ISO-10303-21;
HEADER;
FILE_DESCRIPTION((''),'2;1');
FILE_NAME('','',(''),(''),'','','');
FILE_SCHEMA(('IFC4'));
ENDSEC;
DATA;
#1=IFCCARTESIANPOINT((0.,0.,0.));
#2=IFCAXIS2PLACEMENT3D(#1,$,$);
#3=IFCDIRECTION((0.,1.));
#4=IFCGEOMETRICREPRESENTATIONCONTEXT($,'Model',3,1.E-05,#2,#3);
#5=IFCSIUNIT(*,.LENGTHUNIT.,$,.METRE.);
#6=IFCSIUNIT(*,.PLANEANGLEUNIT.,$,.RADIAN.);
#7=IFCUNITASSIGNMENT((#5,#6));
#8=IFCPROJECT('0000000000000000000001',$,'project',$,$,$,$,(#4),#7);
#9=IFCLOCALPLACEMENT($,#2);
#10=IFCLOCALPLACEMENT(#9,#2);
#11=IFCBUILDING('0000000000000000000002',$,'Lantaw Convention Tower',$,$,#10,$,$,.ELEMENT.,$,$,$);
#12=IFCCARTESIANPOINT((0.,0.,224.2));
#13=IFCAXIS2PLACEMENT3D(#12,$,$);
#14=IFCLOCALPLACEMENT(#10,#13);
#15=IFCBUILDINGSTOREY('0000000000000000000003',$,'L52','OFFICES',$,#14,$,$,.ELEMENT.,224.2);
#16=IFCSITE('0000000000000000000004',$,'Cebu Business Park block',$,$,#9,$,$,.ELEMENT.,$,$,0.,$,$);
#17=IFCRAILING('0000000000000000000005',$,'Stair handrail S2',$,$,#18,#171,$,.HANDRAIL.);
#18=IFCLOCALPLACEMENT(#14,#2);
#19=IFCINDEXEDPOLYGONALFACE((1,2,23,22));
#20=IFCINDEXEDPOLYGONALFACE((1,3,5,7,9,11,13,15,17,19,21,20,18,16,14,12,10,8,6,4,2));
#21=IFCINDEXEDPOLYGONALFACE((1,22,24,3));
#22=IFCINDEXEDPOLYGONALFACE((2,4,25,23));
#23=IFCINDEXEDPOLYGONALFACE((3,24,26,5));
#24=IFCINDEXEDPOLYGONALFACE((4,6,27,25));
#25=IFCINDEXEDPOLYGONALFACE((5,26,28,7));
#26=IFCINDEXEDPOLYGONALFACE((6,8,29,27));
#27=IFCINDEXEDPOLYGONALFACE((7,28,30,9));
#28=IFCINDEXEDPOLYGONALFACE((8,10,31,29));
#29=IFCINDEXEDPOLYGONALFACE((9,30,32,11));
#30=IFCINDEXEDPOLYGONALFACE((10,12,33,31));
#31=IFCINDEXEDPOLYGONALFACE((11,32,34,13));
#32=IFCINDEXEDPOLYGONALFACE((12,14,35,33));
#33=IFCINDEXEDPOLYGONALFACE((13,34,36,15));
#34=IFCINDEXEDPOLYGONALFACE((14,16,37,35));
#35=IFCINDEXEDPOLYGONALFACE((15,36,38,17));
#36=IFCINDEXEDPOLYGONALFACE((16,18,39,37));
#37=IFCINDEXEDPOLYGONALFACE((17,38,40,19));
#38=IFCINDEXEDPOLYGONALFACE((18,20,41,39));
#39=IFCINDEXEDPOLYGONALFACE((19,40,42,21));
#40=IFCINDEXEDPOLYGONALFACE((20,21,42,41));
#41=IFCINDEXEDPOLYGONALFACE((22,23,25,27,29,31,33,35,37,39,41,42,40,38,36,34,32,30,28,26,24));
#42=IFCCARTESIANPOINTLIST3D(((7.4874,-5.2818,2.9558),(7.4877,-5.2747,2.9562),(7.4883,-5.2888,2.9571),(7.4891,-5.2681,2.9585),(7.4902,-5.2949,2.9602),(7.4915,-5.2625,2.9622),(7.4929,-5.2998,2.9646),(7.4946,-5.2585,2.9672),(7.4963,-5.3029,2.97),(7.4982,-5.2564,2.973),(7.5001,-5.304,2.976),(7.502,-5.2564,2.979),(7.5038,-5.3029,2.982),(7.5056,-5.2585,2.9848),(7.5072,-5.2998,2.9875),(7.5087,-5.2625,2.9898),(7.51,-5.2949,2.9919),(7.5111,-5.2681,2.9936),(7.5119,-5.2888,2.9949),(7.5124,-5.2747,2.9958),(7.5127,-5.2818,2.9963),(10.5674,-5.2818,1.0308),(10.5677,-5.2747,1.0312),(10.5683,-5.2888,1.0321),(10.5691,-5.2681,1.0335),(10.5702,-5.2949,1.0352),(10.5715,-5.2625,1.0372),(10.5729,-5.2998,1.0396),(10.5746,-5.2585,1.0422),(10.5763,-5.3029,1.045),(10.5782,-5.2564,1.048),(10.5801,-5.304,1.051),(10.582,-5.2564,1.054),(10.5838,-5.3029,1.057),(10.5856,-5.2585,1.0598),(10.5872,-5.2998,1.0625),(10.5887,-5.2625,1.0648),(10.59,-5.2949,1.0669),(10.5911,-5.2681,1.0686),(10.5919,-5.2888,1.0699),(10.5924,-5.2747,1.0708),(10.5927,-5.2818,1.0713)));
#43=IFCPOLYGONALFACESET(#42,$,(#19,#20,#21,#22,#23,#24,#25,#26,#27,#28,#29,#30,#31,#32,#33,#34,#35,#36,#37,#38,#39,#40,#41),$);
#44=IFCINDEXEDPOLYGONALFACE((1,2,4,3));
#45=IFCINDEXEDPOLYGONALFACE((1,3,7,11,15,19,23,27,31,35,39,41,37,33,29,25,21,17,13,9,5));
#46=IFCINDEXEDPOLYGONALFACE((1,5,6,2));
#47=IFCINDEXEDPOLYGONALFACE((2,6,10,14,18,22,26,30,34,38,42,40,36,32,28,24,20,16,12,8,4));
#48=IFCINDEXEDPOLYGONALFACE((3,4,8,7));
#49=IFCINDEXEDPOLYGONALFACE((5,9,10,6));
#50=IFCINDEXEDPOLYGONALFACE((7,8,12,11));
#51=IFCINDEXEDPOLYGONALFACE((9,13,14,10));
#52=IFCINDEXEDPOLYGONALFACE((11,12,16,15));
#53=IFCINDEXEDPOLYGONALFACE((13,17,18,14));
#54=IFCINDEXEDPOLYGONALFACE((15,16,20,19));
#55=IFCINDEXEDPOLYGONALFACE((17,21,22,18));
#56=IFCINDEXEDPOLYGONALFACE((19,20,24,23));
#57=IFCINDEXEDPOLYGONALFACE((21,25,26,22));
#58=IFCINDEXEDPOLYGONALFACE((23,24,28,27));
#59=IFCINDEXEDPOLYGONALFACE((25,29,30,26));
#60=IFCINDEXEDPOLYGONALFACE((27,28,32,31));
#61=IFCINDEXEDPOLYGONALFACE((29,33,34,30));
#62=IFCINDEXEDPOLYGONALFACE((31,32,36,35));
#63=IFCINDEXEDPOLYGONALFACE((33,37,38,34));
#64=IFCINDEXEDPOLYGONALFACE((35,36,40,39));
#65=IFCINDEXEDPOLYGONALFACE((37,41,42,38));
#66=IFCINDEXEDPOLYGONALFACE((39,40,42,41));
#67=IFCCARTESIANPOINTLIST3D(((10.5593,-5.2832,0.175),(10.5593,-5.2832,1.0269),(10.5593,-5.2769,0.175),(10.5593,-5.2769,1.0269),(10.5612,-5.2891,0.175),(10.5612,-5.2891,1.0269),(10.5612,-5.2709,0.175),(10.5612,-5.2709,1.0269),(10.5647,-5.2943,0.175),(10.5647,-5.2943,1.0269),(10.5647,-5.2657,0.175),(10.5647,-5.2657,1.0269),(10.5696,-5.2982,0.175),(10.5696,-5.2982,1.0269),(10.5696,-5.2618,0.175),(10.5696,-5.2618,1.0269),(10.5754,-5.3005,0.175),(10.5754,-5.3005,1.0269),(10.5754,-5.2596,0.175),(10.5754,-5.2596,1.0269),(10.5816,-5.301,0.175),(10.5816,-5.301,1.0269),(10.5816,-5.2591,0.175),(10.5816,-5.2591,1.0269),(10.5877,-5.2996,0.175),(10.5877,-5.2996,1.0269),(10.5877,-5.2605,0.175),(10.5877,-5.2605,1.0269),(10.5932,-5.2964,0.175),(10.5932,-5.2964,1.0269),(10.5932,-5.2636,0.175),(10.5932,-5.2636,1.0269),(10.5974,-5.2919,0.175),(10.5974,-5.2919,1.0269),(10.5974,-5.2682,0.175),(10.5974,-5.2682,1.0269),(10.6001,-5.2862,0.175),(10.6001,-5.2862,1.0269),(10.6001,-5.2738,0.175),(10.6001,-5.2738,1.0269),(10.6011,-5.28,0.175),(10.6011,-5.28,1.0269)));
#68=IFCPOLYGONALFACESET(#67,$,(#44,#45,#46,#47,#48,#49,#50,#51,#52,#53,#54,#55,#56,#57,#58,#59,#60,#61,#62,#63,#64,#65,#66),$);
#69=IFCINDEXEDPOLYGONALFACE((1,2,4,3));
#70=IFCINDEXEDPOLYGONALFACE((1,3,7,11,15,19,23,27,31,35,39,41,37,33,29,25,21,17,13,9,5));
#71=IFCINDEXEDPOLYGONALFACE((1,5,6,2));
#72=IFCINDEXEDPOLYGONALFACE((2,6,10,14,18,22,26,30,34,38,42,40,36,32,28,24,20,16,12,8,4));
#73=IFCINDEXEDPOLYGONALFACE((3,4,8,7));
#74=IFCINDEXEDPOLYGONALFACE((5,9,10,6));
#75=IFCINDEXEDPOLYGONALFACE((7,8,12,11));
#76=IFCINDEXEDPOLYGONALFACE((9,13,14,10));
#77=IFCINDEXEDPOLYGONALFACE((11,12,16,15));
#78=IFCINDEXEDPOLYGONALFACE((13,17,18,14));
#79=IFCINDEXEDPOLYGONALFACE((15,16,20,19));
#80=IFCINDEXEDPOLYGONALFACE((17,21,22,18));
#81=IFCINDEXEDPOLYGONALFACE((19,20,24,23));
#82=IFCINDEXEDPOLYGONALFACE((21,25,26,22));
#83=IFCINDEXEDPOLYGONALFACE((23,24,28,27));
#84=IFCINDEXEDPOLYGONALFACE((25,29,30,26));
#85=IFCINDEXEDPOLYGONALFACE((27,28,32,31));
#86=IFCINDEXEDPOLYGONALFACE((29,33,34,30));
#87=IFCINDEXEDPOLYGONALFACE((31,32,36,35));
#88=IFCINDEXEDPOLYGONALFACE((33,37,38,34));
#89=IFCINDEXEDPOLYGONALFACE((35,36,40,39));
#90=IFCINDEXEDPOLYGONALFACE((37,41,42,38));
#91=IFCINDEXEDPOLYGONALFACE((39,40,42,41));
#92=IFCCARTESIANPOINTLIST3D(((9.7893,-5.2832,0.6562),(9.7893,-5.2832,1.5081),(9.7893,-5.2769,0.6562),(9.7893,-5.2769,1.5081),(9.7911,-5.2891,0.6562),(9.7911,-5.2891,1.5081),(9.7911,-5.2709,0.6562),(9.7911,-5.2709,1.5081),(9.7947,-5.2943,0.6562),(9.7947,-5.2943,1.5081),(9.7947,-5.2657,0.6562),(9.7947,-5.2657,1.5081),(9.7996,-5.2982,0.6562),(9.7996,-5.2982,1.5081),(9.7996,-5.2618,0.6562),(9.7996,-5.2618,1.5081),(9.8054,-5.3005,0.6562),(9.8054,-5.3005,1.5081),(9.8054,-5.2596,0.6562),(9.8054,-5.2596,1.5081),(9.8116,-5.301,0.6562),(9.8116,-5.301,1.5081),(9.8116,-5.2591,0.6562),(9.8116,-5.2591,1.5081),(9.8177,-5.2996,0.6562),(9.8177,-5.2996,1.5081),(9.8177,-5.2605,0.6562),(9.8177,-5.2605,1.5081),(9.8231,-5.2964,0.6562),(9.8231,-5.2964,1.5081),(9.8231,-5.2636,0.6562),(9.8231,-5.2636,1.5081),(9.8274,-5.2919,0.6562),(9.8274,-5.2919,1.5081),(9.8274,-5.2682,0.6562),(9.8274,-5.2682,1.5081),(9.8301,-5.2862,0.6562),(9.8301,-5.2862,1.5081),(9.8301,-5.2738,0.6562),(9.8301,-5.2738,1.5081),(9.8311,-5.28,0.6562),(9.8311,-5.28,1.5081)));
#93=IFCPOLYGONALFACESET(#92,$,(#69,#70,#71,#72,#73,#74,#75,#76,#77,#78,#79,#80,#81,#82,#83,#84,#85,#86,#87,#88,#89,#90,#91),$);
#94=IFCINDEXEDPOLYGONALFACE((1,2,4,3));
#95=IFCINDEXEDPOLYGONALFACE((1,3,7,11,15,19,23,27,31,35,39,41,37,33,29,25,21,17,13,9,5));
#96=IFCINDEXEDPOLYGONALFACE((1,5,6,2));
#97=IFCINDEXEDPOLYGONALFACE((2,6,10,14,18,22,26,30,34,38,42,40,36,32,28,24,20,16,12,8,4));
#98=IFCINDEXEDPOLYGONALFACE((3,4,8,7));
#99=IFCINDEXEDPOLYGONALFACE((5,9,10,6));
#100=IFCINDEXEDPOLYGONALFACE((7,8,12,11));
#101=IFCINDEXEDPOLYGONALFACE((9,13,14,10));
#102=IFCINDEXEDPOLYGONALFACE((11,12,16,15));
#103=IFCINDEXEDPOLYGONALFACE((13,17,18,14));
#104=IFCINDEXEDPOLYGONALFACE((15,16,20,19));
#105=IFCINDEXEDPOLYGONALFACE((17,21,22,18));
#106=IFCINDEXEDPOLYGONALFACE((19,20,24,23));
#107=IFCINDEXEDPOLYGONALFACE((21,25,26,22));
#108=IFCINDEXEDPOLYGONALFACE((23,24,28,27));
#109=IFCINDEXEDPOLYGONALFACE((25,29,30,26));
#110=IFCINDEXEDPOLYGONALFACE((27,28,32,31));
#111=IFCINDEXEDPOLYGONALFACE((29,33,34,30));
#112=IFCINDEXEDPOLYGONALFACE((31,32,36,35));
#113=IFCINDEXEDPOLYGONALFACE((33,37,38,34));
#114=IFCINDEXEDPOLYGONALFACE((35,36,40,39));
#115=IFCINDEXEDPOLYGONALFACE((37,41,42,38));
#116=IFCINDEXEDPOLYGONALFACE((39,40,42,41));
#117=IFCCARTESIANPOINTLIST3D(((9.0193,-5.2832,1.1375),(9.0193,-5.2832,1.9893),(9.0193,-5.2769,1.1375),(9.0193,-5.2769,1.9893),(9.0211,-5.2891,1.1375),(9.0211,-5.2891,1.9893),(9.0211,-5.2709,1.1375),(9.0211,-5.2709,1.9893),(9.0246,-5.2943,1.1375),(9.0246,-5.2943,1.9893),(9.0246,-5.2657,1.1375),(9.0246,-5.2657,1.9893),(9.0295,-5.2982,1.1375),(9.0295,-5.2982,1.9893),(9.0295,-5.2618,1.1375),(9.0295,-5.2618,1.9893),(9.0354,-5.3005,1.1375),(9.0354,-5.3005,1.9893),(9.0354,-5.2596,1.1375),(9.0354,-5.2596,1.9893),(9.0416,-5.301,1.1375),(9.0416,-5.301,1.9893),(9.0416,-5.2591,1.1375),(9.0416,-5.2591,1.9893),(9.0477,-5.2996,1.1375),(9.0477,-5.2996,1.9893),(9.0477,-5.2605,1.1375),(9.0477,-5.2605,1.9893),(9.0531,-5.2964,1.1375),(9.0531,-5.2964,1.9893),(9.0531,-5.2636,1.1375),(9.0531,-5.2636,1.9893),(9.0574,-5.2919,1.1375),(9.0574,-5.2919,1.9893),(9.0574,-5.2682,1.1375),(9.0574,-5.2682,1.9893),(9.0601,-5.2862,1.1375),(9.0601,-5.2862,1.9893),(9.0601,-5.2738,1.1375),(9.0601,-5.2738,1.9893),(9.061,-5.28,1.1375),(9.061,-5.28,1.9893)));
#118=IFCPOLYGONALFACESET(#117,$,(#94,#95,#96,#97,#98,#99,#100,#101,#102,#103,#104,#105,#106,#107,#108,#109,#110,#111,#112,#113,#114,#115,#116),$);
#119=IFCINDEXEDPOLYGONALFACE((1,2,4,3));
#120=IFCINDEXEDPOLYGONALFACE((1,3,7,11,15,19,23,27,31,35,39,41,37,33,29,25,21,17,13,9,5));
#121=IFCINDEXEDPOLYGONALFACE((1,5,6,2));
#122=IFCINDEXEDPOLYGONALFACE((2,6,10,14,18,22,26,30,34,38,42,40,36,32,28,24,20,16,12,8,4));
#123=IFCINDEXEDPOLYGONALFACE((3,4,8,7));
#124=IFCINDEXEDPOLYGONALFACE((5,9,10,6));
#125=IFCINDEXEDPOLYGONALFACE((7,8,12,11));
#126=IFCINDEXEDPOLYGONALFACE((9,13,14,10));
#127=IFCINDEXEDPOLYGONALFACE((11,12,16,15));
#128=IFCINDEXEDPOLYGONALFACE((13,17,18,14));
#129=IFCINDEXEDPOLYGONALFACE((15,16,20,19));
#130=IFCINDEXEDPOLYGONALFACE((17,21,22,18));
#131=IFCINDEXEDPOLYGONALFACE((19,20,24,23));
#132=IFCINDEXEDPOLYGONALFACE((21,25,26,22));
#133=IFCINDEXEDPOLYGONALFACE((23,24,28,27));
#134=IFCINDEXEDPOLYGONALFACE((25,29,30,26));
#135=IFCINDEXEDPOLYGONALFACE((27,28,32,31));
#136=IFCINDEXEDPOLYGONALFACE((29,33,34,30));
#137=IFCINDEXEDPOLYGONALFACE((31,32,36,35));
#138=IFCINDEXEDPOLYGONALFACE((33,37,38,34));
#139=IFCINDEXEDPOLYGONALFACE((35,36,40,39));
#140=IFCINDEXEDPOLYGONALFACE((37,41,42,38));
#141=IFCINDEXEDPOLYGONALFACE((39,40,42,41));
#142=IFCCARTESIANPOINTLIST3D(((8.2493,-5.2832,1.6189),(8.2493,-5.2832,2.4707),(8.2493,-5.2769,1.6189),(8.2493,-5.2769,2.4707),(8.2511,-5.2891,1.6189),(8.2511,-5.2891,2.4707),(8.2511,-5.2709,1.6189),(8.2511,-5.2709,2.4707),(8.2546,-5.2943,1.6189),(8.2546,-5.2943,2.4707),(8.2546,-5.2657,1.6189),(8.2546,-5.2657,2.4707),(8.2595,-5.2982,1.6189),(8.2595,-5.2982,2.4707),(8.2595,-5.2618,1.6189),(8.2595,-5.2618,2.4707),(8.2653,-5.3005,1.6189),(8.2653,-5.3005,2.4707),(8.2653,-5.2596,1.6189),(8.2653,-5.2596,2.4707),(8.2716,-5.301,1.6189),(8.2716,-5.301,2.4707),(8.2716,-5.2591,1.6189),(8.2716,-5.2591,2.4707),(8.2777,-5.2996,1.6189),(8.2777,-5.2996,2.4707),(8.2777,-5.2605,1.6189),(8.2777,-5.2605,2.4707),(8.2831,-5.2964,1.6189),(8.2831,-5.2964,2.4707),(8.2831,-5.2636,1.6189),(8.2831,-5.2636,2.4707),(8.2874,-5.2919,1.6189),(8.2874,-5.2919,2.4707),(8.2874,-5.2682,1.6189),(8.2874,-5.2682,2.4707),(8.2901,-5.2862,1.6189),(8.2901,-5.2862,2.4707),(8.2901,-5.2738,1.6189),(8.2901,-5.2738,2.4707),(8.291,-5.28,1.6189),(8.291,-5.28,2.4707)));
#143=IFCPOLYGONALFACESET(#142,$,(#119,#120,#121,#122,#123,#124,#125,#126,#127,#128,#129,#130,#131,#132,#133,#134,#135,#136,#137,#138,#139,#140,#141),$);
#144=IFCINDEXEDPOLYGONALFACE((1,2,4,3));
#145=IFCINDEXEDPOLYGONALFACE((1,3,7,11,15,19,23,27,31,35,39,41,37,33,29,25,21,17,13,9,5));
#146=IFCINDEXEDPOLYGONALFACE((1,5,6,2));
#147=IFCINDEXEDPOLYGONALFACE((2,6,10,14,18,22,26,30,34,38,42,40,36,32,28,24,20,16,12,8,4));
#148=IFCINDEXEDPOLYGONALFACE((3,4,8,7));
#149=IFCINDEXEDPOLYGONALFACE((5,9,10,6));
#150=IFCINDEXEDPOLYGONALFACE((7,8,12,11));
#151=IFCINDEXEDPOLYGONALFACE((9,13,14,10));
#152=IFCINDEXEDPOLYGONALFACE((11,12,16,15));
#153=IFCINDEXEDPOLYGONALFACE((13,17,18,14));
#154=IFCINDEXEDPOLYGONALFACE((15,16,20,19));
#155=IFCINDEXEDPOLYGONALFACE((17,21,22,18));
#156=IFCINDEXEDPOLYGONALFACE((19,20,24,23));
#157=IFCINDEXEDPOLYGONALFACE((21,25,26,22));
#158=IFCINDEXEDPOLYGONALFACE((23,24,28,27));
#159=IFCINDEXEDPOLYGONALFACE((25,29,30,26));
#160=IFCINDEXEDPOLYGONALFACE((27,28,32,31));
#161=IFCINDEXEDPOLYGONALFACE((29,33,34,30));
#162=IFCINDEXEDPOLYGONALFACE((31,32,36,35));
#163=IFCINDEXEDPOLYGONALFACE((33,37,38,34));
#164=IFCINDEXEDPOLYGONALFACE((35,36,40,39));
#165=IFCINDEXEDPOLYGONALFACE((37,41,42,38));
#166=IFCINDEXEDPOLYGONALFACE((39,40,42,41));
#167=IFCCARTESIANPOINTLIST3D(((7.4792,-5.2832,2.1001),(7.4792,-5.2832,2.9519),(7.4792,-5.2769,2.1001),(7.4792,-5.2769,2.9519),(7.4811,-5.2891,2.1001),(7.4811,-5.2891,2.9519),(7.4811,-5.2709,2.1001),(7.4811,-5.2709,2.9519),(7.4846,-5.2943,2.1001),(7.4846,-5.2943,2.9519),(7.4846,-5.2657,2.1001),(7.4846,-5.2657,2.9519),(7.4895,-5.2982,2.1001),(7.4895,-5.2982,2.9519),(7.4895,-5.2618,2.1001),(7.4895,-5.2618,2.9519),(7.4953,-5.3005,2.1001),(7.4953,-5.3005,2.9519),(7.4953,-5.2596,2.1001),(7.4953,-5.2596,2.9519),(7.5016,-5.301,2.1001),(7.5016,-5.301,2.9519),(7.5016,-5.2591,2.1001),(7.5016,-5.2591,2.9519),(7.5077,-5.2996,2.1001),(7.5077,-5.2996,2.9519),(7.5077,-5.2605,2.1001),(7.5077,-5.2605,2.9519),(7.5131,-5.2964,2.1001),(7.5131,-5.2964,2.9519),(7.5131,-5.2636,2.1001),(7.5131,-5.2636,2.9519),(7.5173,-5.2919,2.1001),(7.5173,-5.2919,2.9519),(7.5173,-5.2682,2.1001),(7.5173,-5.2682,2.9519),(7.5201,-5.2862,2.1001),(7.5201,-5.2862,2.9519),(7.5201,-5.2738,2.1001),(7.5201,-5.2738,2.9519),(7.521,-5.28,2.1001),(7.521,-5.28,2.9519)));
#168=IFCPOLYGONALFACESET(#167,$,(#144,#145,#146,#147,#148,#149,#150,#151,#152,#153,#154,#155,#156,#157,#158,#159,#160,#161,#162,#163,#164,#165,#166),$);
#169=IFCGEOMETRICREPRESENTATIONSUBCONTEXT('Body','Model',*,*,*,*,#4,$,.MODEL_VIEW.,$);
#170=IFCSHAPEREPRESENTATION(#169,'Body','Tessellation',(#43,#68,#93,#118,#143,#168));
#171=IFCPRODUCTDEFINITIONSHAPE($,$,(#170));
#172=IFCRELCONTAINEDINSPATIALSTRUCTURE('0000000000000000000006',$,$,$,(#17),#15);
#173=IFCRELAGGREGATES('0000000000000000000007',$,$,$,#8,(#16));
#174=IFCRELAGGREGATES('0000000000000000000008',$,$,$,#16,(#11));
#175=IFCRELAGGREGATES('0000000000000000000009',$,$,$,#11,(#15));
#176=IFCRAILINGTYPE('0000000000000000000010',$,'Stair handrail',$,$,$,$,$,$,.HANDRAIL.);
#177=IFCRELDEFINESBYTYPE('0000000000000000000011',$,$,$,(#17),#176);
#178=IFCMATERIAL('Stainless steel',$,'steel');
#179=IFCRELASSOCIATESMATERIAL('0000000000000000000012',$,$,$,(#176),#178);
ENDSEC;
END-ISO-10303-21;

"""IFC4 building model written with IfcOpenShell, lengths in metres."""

from ifc_helpers import new_model, si_unit, direction, frame, origin, origin_2d, place, context, subcontext, project, spatial, circle, extrude, material, type_object, element, save


model = new_model("IFC4")

# Units and contexts
model_context = context("Model", 3, precision=1e-05, world=origin(), true_north=direction((0.0, 1.0)))
body_context = subcontext(model_context, "Body", "Model", "MODEL_VIEW")
ifc_project = project(units=[si_unit("LENGTHUNIT", "METRE"), si_unit("PLANEANGLEUNIT", "RADIAN")], contexts=[model_context])

# Site, building, storey
site_placement = place(None, origin())
site = spatial("IfcSite", under=ifc_project, at=site_placement, Name="Cebu Business Park block", CompositionType="ELEMENT", RefElevation=0.0)
building_placement = place(site_placement, origin())
building = spatial("IfcBuilding", under=site, at=building_placement, Name="Lantaw Convention Tower", CompositionType="ELEMENT")
storey_placement = place(building_placement, frame((0.0, 0.0, 224.2)))
storey = spatial("IfcBuildingStorey", under=building, at=storey_placement, Name="L52", Description="OFFICES", CompositionType="ELEMENT", Elevation=224.2)

# Railing
ifc_material_1 = material(Name="Stainless steel", Category="steel")
railing_type = type_object("IfcRailingType", Name="Stair handrail", PredefinedType="HANDRAIL", material=ifc_material_1)
railing_1_placement = place(storey_placement, frame((10.5801, -5.28, 0.175)))
element("IfcRailing", 1, at=railing_1_placement, inside=storey, type_object=railing_type, Name="Stair handrail S2", PredefinedType="HANDRAIL", context=body_context, shape_type="SweptSolid", body=[
    extrude(circle(Radius=0.0239, at=origin_2d()), frame((0.0, 0.0, 0.876), z_axis=(-0.847998, 0.0, 0.529999), x_axis=(0.0, -1.0, 0.0)), (0.0, 0.0, 1.0), 3.6321),
    extrude(circle(Radius=0.021, at=origin_2d()), origin(), (0.0, 0.0, 1.0), 0.8518),
    extrude(circle(Radius=0.021, at=origin_2d()), frame((-0.77, 0.0, 0.4812)), (0.0, 0.0, 1.0), 0.8518),
    extrude(circle(Radius=0.021, at=origin_2d()), frame((-1.54, 0.0, 0.9624)), (0.0, 0.0, 1.0), 0.8518),
    extrude(circle(Radius=0.021, at=origin_2d()), frame((-2.3101, 0.0, 1.4438)), (0.0, 0.0, 1.0), 0.8518),
    extrude(circle(Radius=0.021, at=origin_2d()), frame((-3.0801, 0.0, 1.925)), (0.0, 0.0, 1.0), 0.8518),
])

save(model, "model.ifc")
